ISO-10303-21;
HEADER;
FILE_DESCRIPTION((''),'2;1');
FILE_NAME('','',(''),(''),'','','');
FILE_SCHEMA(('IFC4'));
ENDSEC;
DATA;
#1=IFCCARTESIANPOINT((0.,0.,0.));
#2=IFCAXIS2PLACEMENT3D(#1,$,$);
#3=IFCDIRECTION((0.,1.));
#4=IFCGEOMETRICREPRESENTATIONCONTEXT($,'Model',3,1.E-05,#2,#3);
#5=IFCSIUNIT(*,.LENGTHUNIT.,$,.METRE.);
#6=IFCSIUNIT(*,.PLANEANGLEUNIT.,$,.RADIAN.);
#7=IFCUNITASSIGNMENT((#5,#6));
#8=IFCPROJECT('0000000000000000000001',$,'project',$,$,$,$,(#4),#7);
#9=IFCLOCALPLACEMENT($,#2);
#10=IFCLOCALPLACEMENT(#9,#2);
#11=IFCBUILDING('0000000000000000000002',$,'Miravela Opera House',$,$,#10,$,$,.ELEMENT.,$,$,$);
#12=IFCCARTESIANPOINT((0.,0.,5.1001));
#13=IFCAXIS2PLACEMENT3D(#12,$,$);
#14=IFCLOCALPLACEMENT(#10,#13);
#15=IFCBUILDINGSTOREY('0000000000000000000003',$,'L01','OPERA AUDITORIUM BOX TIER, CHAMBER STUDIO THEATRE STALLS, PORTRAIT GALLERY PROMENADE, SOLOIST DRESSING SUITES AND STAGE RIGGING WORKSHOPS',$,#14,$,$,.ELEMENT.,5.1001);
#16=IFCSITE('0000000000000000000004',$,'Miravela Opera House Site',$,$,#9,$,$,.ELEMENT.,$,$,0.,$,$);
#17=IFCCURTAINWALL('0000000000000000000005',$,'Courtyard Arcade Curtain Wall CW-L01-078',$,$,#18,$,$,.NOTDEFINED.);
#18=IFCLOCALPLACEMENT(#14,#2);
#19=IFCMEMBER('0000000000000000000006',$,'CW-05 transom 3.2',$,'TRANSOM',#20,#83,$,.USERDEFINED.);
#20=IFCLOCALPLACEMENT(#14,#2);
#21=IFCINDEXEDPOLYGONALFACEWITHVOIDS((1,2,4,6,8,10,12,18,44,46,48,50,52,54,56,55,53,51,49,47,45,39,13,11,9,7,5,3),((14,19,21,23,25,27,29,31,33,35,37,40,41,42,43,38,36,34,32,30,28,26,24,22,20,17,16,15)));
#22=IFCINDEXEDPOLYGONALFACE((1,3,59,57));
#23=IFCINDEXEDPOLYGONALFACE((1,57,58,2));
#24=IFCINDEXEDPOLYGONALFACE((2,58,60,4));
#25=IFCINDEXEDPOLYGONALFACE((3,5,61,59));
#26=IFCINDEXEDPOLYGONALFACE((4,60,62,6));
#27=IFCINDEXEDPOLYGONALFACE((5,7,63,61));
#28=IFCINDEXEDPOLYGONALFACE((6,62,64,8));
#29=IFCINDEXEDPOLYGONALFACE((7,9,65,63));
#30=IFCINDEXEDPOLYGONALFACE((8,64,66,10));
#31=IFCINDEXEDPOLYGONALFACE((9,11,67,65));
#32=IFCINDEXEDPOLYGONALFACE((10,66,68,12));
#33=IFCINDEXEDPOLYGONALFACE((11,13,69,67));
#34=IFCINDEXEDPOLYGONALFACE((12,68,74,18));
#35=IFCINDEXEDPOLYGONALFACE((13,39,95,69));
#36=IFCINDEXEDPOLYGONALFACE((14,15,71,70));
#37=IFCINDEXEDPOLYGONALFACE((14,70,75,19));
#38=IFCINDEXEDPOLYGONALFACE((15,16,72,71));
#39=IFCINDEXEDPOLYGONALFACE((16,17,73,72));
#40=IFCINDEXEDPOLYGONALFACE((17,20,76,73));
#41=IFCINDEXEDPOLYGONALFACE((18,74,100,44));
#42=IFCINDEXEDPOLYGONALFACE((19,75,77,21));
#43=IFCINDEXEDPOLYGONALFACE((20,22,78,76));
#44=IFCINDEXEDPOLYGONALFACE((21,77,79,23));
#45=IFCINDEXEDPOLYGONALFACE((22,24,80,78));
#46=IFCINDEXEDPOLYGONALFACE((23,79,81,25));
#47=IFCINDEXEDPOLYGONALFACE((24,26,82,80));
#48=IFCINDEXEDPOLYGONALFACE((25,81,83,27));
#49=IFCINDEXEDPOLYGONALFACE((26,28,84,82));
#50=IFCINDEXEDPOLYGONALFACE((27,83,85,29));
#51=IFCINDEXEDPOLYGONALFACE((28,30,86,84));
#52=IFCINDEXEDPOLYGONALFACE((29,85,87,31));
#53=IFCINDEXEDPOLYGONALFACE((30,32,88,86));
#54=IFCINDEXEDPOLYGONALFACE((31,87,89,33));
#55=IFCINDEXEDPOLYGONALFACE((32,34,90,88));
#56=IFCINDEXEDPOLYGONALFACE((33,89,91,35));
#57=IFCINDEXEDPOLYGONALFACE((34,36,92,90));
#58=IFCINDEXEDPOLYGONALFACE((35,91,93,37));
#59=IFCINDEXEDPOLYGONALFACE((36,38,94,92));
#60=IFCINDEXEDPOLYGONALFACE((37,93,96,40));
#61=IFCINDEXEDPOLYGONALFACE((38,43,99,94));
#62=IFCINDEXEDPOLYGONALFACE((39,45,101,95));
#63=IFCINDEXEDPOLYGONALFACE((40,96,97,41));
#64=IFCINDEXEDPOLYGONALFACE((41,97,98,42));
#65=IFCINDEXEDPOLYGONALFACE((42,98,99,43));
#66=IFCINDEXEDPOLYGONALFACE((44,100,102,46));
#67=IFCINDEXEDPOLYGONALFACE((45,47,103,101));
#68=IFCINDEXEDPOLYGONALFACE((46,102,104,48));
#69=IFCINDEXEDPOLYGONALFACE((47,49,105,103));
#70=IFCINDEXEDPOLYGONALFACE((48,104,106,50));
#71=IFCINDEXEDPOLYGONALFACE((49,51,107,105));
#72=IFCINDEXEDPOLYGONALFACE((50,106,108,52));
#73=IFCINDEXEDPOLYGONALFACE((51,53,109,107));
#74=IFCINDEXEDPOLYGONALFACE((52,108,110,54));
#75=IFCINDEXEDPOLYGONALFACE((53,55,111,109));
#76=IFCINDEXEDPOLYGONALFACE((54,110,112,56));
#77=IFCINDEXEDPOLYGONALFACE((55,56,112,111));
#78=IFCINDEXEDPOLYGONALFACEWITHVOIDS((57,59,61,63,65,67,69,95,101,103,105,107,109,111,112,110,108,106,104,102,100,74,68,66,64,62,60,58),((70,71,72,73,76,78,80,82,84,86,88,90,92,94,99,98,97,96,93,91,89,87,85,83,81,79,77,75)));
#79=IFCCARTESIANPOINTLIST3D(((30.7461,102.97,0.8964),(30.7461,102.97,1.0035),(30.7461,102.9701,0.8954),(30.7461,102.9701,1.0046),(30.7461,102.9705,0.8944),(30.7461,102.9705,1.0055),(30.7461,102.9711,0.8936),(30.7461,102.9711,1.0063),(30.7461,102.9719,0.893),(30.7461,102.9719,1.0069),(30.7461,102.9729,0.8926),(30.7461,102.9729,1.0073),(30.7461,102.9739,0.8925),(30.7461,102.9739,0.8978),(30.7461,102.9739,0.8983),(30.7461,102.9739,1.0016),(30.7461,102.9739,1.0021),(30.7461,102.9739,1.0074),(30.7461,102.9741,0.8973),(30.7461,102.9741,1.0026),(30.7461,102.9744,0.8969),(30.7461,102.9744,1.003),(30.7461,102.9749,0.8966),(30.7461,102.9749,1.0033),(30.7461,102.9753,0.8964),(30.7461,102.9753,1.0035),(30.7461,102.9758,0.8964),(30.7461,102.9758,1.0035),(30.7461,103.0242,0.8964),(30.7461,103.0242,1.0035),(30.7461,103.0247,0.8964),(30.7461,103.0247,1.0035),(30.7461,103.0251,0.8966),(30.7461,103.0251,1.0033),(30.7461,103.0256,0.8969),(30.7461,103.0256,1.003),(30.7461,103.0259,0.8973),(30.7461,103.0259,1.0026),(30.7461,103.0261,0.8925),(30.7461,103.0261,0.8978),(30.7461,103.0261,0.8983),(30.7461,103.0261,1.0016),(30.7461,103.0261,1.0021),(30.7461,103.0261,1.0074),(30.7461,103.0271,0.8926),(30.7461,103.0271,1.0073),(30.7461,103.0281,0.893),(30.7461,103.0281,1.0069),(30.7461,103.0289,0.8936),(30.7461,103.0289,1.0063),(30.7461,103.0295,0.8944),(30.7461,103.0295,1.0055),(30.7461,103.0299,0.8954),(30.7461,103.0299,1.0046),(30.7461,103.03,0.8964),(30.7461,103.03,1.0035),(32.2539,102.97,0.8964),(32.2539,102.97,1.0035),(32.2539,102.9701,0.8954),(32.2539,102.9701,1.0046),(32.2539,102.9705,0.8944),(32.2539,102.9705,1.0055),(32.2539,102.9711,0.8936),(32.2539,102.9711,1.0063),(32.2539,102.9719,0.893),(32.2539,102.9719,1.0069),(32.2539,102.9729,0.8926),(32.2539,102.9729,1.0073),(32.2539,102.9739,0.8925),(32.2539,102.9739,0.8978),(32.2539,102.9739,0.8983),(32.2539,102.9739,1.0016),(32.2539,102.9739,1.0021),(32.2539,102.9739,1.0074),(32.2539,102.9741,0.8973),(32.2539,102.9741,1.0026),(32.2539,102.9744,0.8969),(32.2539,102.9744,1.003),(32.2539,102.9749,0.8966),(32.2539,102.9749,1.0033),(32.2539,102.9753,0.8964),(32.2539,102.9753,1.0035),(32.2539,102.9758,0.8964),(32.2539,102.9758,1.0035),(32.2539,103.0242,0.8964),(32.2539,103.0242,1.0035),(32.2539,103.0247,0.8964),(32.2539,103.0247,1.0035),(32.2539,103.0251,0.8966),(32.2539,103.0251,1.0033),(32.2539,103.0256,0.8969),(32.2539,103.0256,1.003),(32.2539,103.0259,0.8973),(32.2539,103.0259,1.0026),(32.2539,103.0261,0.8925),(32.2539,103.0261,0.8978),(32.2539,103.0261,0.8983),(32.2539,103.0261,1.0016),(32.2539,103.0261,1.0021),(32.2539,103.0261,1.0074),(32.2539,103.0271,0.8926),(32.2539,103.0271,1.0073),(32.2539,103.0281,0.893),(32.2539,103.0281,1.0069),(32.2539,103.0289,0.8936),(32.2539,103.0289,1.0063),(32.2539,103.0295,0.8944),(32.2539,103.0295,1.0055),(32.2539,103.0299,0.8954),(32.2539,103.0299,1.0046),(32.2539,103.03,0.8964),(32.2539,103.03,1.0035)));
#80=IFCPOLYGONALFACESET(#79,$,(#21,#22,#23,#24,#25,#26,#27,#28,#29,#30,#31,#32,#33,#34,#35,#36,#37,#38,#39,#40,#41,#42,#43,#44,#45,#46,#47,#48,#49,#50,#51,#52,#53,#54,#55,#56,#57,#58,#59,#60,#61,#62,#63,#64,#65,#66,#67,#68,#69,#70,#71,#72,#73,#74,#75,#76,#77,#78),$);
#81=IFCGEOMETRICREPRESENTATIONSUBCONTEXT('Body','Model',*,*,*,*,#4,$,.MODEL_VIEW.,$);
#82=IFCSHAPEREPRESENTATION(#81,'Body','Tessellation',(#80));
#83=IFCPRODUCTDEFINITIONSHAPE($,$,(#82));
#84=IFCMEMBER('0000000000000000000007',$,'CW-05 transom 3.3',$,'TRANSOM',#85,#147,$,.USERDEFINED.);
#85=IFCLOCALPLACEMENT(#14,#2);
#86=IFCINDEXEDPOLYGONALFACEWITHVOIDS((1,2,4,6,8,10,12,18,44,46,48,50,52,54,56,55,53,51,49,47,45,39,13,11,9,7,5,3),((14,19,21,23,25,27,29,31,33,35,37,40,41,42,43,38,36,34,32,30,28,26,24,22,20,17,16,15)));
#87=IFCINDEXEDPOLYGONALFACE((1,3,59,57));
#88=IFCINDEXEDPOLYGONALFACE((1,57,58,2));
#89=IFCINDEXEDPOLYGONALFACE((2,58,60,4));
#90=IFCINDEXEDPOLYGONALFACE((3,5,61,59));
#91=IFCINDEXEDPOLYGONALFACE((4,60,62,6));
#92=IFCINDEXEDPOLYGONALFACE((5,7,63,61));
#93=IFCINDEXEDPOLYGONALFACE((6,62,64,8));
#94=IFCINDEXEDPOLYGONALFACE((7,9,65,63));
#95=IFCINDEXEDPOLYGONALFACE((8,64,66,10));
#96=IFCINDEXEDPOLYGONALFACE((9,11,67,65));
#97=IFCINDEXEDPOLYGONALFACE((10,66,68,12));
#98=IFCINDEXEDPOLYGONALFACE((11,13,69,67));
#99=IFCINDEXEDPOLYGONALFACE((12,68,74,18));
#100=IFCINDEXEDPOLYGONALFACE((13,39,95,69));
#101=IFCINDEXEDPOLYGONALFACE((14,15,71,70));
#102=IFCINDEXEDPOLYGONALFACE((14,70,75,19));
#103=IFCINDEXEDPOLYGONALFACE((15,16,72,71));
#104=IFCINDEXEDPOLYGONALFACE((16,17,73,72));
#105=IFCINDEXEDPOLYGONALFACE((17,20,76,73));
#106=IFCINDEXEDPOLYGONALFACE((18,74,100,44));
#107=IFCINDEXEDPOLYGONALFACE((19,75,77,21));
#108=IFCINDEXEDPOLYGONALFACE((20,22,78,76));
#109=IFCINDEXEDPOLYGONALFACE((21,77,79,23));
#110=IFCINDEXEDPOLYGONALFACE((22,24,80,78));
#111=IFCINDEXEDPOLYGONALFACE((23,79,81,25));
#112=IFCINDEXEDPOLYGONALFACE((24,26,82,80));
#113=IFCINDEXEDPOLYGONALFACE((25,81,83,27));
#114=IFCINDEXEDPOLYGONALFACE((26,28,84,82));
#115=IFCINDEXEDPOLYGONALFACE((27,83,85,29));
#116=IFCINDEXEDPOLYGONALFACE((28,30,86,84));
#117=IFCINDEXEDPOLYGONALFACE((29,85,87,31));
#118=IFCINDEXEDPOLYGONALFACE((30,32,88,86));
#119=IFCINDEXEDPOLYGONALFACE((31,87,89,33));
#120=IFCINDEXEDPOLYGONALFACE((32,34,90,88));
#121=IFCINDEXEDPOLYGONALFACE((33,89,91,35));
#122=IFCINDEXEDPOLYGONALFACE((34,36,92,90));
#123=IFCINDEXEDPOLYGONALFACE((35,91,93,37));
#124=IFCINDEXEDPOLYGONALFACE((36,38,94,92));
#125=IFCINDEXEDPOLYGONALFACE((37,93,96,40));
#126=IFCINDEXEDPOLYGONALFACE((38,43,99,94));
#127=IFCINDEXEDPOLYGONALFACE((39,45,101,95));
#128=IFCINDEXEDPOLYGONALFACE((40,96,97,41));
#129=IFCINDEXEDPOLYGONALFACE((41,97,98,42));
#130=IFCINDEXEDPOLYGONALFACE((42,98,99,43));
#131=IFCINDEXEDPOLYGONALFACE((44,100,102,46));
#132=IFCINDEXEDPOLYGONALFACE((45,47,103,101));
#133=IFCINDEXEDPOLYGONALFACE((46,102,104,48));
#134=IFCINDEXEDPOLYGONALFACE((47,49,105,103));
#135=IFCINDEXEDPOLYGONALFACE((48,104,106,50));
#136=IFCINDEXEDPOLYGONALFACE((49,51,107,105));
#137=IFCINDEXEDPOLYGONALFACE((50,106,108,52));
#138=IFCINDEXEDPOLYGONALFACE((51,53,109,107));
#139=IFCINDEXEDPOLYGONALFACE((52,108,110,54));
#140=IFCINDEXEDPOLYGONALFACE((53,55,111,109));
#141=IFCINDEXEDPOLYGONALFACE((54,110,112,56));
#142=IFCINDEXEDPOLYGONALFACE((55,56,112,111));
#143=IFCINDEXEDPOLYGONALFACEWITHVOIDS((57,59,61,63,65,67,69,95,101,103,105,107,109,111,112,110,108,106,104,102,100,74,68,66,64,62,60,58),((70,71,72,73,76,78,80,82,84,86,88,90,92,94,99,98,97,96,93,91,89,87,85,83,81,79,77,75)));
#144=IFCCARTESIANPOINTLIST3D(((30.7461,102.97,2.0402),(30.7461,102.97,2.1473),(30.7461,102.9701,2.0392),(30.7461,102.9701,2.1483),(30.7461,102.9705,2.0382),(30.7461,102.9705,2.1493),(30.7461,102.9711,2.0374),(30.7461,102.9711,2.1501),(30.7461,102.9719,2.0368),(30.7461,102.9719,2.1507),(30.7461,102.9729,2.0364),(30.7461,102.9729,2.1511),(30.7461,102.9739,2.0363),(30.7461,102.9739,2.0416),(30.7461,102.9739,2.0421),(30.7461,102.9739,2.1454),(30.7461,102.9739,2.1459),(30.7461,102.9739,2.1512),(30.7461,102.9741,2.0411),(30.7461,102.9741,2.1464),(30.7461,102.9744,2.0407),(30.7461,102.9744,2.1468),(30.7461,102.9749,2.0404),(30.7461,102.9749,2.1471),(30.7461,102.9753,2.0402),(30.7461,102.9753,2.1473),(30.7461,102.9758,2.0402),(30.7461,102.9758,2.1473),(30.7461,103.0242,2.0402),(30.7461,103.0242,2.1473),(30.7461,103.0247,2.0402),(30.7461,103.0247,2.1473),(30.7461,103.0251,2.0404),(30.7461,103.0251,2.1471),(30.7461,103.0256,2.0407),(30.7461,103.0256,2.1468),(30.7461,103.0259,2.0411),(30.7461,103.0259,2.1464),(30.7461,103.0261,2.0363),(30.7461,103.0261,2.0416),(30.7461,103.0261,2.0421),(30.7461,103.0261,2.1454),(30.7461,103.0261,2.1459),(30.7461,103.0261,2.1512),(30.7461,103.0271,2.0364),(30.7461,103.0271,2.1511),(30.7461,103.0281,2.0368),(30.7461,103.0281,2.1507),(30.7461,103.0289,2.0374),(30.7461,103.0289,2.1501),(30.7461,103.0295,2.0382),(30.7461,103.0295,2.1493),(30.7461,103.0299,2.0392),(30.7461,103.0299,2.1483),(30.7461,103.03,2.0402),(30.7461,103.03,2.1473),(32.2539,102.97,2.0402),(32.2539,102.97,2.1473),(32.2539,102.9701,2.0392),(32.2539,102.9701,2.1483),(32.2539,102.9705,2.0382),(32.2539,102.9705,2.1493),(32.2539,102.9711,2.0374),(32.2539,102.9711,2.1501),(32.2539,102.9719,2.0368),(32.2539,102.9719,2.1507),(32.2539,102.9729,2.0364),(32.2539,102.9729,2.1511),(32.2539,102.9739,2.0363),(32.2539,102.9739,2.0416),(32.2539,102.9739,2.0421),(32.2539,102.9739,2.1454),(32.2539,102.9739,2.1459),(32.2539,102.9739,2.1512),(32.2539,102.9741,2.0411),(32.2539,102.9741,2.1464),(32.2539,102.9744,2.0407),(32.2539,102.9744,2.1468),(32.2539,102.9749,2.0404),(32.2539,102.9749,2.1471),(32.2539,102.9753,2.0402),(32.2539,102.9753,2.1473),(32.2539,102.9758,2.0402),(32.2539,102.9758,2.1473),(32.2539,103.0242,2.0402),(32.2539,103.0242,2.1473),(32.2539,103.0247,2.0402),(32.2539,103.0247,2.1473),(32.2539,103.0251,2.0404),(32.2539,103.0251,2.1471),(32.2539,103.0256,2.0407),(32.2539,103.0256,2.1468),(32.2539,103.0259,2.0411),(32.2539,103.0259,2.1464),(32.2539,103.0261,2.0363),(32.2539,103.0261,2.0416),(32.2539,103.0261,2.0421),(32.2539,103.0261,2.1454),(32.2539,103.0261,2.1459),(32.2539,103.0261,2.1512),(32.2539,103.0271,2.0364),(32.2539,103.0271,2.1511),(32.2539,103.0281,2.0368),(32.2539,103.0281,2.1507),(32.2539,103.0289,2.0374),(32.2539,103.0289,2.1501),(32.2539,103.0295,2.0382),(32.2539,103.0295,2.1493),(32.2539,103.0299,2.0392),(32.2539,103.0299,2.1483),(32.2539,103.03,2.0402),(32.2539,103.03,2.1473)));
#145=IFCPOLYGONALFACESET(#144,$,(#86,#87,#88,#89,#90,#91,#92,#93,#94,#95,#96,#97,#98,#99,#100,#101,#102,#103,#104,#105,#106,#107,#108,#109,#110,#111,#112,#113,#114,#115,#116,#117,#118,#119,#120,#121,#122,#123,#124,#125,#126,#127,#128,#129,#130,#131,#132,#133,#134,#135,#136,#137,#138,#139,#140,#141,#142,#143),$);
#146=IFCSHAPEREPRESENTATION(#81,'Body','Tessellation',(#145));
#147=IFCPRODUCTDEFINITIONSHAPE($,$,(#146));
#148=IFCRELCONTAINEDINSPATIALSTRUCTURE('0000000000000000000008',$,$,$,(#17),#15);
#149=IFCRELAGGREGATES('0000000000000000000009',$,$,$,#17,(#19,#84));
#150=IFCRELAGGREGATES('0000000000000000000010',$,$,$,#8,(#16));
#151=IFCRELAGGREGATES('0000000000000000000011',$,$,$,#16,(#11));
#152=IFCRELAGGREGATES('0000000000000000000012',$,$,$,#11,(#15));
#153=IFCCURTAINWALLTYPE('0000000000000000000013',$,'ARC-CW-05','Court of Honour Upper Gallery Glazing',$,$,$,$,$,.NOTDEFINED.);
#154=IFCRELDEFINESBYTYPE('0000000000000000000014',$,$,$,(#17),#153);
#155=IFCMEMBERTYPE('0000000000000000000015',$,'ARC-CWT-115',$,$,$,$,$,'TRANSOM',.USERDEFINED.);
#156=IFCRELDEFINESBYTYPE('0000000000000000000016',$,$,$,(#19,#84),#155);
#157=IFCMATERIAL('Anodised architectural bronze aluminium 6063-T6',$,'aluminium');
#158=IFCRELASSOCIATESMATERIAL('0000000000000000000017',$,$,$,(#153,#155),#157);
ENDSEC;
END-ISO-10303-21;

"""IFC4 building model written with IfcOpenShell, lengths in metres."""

from ifc_helpers import new_model, si_unit, direction, frame, origin, origin_2d, place, context, subcontext, project, spatial, hollow_rectangle, extrude, material, material_profile, profile_set, type_object, element, aggregate, save


model = new_model("IFC4")

# Units and contexts
model_context = context("Model", 3, precision=1e-05, world=origin(), true_north=direction((0.0, 1.0)))
body_context = subcontext(model_context, "Body", "Model", "MODEL_VIEW")
ifc_project = project(units=[si_unit("LENGTHUNIT", "METRE"), si_unit("PLANEANGLEUNIT", "RADIAN")], contexts=[model_context])

# Site, building, storey
site_placement = place(None, origin())
site = spatial("IfcSite", under=ifc_project, at=site_placement, Name="Miravela Opera House Site", CompositionType="ELEMENT", RefElevation=0.0)
building_placement = place(site_placement, origin())
building = spatial("IfcBuilding", under=site, at=building_placement, Name="Miravela Opera House", CompositionType="ELEMENT")
storey_placement = place(building_placement, frame((0.0, 0.0, 5.1001)))
storey = spatial("IfcBuildingStorey", under=building, at=storey_placement, Name="L01", Description="OPERA AUDITORIUM BOX TIER, CHAMBER STUDIO THEATRE STALLS, PORTRAIT GALLERY PROMENADE, SOLOIST DRESSING SUITES AND STAGE RIGGING WORKSHOPS", CompositionType="ELEMENT", Elevation=5.1001)

# Curtain wall, members
ifc_material_1 = material(Name="Anodised architectural bronze aluminium 6063-T6", Category="aluminium")
curtain_wall_type = type_object("IfcCurtainWallType", Name="ARC-CW-05", Description="Court of Honour Upper Gallery Glazing", PredefinedType="NOTDEFINED", material=ifc_material_1)
curtain_wall_placement = place(storey_placement, origin())
curtain_wall = element("IfcCurtainWall", 1, at=curtain_wall_placement, inside=storey, type_object=curtain_wall_type, Name="Courtyard Arcade Curtain Wall CW-L01-078", PredefinedType="NOTDEFINED")
ifc_material_profile_1 = material_profile(ifc_material_1, hollow_rectangle(XDim=0.0601, YDim=0.115, WallThickness=0.0039, InnerFilletRadius=0.002, OuterFilletRadius=0.0039, at=origin_2d()), Name="CWT-60X115")
ifc_profile_set_1 = profile_set([ifc_material_profile_1])
member_type_1 = type_object("IfcMemberType", Name="ARC-CWT-115", ElementType="TRANSOM", PredefinedType="USERDEFINED", material=ifc_profile_set_1)
member_1_placement = place(storey_placement, frame((30.7461, 103.0, 0.95), z_axis=(1.0, 0.0, 0.0), x_axis=(0.0, 1.0, 0.0)))
member_1 = element("IfcMember", 2, at=member_1_placement, type_object=member_type_1, Name="CW-05 transom 3.2", ObjectType="TRANSOM", PredefinedType="USERDEFINED", context=body_context, shape_type="SweptSolid", body=[
    extrude(hollow_rectangle(XDim=0.0601, YDim=0.115, WallThickness=0.0039, InnerFilletRadius=0.002, OuterFilletRadius=0.0039, at=origin_2d()), origin(), (0.0, 0.0, 1.0), 1.5078),
])
member_2_placement = place(storey_placement, frame((30.7461, 103.0, 2.0938), z_axis=(1.0, 0.0, 0.0), x_axis=(0.0, 1.0, 0.0)))
member_2 = element("IfcMember", 3, at=member_2_placement, type_object=member_type_1, Name="CW-05 transom 3.3", ObjectType="TRANSOM", PredefinedType="USERDEFINED", context=body_context, shape_type="SweptSolid", body=[
    extrude(hollow_rectangle(XDim=0.0601, YDim=0.115, WallThickness=0.0039, InnerFilletRadius=0.002, OuterFilletRadius=0.0039, at=origin_2d()), origin(), (0.0, 0.0, 1.0), 1.5078),
])

aggregate(curtain_wall, [member_1, member_2])

save(model, "model.ifc")
